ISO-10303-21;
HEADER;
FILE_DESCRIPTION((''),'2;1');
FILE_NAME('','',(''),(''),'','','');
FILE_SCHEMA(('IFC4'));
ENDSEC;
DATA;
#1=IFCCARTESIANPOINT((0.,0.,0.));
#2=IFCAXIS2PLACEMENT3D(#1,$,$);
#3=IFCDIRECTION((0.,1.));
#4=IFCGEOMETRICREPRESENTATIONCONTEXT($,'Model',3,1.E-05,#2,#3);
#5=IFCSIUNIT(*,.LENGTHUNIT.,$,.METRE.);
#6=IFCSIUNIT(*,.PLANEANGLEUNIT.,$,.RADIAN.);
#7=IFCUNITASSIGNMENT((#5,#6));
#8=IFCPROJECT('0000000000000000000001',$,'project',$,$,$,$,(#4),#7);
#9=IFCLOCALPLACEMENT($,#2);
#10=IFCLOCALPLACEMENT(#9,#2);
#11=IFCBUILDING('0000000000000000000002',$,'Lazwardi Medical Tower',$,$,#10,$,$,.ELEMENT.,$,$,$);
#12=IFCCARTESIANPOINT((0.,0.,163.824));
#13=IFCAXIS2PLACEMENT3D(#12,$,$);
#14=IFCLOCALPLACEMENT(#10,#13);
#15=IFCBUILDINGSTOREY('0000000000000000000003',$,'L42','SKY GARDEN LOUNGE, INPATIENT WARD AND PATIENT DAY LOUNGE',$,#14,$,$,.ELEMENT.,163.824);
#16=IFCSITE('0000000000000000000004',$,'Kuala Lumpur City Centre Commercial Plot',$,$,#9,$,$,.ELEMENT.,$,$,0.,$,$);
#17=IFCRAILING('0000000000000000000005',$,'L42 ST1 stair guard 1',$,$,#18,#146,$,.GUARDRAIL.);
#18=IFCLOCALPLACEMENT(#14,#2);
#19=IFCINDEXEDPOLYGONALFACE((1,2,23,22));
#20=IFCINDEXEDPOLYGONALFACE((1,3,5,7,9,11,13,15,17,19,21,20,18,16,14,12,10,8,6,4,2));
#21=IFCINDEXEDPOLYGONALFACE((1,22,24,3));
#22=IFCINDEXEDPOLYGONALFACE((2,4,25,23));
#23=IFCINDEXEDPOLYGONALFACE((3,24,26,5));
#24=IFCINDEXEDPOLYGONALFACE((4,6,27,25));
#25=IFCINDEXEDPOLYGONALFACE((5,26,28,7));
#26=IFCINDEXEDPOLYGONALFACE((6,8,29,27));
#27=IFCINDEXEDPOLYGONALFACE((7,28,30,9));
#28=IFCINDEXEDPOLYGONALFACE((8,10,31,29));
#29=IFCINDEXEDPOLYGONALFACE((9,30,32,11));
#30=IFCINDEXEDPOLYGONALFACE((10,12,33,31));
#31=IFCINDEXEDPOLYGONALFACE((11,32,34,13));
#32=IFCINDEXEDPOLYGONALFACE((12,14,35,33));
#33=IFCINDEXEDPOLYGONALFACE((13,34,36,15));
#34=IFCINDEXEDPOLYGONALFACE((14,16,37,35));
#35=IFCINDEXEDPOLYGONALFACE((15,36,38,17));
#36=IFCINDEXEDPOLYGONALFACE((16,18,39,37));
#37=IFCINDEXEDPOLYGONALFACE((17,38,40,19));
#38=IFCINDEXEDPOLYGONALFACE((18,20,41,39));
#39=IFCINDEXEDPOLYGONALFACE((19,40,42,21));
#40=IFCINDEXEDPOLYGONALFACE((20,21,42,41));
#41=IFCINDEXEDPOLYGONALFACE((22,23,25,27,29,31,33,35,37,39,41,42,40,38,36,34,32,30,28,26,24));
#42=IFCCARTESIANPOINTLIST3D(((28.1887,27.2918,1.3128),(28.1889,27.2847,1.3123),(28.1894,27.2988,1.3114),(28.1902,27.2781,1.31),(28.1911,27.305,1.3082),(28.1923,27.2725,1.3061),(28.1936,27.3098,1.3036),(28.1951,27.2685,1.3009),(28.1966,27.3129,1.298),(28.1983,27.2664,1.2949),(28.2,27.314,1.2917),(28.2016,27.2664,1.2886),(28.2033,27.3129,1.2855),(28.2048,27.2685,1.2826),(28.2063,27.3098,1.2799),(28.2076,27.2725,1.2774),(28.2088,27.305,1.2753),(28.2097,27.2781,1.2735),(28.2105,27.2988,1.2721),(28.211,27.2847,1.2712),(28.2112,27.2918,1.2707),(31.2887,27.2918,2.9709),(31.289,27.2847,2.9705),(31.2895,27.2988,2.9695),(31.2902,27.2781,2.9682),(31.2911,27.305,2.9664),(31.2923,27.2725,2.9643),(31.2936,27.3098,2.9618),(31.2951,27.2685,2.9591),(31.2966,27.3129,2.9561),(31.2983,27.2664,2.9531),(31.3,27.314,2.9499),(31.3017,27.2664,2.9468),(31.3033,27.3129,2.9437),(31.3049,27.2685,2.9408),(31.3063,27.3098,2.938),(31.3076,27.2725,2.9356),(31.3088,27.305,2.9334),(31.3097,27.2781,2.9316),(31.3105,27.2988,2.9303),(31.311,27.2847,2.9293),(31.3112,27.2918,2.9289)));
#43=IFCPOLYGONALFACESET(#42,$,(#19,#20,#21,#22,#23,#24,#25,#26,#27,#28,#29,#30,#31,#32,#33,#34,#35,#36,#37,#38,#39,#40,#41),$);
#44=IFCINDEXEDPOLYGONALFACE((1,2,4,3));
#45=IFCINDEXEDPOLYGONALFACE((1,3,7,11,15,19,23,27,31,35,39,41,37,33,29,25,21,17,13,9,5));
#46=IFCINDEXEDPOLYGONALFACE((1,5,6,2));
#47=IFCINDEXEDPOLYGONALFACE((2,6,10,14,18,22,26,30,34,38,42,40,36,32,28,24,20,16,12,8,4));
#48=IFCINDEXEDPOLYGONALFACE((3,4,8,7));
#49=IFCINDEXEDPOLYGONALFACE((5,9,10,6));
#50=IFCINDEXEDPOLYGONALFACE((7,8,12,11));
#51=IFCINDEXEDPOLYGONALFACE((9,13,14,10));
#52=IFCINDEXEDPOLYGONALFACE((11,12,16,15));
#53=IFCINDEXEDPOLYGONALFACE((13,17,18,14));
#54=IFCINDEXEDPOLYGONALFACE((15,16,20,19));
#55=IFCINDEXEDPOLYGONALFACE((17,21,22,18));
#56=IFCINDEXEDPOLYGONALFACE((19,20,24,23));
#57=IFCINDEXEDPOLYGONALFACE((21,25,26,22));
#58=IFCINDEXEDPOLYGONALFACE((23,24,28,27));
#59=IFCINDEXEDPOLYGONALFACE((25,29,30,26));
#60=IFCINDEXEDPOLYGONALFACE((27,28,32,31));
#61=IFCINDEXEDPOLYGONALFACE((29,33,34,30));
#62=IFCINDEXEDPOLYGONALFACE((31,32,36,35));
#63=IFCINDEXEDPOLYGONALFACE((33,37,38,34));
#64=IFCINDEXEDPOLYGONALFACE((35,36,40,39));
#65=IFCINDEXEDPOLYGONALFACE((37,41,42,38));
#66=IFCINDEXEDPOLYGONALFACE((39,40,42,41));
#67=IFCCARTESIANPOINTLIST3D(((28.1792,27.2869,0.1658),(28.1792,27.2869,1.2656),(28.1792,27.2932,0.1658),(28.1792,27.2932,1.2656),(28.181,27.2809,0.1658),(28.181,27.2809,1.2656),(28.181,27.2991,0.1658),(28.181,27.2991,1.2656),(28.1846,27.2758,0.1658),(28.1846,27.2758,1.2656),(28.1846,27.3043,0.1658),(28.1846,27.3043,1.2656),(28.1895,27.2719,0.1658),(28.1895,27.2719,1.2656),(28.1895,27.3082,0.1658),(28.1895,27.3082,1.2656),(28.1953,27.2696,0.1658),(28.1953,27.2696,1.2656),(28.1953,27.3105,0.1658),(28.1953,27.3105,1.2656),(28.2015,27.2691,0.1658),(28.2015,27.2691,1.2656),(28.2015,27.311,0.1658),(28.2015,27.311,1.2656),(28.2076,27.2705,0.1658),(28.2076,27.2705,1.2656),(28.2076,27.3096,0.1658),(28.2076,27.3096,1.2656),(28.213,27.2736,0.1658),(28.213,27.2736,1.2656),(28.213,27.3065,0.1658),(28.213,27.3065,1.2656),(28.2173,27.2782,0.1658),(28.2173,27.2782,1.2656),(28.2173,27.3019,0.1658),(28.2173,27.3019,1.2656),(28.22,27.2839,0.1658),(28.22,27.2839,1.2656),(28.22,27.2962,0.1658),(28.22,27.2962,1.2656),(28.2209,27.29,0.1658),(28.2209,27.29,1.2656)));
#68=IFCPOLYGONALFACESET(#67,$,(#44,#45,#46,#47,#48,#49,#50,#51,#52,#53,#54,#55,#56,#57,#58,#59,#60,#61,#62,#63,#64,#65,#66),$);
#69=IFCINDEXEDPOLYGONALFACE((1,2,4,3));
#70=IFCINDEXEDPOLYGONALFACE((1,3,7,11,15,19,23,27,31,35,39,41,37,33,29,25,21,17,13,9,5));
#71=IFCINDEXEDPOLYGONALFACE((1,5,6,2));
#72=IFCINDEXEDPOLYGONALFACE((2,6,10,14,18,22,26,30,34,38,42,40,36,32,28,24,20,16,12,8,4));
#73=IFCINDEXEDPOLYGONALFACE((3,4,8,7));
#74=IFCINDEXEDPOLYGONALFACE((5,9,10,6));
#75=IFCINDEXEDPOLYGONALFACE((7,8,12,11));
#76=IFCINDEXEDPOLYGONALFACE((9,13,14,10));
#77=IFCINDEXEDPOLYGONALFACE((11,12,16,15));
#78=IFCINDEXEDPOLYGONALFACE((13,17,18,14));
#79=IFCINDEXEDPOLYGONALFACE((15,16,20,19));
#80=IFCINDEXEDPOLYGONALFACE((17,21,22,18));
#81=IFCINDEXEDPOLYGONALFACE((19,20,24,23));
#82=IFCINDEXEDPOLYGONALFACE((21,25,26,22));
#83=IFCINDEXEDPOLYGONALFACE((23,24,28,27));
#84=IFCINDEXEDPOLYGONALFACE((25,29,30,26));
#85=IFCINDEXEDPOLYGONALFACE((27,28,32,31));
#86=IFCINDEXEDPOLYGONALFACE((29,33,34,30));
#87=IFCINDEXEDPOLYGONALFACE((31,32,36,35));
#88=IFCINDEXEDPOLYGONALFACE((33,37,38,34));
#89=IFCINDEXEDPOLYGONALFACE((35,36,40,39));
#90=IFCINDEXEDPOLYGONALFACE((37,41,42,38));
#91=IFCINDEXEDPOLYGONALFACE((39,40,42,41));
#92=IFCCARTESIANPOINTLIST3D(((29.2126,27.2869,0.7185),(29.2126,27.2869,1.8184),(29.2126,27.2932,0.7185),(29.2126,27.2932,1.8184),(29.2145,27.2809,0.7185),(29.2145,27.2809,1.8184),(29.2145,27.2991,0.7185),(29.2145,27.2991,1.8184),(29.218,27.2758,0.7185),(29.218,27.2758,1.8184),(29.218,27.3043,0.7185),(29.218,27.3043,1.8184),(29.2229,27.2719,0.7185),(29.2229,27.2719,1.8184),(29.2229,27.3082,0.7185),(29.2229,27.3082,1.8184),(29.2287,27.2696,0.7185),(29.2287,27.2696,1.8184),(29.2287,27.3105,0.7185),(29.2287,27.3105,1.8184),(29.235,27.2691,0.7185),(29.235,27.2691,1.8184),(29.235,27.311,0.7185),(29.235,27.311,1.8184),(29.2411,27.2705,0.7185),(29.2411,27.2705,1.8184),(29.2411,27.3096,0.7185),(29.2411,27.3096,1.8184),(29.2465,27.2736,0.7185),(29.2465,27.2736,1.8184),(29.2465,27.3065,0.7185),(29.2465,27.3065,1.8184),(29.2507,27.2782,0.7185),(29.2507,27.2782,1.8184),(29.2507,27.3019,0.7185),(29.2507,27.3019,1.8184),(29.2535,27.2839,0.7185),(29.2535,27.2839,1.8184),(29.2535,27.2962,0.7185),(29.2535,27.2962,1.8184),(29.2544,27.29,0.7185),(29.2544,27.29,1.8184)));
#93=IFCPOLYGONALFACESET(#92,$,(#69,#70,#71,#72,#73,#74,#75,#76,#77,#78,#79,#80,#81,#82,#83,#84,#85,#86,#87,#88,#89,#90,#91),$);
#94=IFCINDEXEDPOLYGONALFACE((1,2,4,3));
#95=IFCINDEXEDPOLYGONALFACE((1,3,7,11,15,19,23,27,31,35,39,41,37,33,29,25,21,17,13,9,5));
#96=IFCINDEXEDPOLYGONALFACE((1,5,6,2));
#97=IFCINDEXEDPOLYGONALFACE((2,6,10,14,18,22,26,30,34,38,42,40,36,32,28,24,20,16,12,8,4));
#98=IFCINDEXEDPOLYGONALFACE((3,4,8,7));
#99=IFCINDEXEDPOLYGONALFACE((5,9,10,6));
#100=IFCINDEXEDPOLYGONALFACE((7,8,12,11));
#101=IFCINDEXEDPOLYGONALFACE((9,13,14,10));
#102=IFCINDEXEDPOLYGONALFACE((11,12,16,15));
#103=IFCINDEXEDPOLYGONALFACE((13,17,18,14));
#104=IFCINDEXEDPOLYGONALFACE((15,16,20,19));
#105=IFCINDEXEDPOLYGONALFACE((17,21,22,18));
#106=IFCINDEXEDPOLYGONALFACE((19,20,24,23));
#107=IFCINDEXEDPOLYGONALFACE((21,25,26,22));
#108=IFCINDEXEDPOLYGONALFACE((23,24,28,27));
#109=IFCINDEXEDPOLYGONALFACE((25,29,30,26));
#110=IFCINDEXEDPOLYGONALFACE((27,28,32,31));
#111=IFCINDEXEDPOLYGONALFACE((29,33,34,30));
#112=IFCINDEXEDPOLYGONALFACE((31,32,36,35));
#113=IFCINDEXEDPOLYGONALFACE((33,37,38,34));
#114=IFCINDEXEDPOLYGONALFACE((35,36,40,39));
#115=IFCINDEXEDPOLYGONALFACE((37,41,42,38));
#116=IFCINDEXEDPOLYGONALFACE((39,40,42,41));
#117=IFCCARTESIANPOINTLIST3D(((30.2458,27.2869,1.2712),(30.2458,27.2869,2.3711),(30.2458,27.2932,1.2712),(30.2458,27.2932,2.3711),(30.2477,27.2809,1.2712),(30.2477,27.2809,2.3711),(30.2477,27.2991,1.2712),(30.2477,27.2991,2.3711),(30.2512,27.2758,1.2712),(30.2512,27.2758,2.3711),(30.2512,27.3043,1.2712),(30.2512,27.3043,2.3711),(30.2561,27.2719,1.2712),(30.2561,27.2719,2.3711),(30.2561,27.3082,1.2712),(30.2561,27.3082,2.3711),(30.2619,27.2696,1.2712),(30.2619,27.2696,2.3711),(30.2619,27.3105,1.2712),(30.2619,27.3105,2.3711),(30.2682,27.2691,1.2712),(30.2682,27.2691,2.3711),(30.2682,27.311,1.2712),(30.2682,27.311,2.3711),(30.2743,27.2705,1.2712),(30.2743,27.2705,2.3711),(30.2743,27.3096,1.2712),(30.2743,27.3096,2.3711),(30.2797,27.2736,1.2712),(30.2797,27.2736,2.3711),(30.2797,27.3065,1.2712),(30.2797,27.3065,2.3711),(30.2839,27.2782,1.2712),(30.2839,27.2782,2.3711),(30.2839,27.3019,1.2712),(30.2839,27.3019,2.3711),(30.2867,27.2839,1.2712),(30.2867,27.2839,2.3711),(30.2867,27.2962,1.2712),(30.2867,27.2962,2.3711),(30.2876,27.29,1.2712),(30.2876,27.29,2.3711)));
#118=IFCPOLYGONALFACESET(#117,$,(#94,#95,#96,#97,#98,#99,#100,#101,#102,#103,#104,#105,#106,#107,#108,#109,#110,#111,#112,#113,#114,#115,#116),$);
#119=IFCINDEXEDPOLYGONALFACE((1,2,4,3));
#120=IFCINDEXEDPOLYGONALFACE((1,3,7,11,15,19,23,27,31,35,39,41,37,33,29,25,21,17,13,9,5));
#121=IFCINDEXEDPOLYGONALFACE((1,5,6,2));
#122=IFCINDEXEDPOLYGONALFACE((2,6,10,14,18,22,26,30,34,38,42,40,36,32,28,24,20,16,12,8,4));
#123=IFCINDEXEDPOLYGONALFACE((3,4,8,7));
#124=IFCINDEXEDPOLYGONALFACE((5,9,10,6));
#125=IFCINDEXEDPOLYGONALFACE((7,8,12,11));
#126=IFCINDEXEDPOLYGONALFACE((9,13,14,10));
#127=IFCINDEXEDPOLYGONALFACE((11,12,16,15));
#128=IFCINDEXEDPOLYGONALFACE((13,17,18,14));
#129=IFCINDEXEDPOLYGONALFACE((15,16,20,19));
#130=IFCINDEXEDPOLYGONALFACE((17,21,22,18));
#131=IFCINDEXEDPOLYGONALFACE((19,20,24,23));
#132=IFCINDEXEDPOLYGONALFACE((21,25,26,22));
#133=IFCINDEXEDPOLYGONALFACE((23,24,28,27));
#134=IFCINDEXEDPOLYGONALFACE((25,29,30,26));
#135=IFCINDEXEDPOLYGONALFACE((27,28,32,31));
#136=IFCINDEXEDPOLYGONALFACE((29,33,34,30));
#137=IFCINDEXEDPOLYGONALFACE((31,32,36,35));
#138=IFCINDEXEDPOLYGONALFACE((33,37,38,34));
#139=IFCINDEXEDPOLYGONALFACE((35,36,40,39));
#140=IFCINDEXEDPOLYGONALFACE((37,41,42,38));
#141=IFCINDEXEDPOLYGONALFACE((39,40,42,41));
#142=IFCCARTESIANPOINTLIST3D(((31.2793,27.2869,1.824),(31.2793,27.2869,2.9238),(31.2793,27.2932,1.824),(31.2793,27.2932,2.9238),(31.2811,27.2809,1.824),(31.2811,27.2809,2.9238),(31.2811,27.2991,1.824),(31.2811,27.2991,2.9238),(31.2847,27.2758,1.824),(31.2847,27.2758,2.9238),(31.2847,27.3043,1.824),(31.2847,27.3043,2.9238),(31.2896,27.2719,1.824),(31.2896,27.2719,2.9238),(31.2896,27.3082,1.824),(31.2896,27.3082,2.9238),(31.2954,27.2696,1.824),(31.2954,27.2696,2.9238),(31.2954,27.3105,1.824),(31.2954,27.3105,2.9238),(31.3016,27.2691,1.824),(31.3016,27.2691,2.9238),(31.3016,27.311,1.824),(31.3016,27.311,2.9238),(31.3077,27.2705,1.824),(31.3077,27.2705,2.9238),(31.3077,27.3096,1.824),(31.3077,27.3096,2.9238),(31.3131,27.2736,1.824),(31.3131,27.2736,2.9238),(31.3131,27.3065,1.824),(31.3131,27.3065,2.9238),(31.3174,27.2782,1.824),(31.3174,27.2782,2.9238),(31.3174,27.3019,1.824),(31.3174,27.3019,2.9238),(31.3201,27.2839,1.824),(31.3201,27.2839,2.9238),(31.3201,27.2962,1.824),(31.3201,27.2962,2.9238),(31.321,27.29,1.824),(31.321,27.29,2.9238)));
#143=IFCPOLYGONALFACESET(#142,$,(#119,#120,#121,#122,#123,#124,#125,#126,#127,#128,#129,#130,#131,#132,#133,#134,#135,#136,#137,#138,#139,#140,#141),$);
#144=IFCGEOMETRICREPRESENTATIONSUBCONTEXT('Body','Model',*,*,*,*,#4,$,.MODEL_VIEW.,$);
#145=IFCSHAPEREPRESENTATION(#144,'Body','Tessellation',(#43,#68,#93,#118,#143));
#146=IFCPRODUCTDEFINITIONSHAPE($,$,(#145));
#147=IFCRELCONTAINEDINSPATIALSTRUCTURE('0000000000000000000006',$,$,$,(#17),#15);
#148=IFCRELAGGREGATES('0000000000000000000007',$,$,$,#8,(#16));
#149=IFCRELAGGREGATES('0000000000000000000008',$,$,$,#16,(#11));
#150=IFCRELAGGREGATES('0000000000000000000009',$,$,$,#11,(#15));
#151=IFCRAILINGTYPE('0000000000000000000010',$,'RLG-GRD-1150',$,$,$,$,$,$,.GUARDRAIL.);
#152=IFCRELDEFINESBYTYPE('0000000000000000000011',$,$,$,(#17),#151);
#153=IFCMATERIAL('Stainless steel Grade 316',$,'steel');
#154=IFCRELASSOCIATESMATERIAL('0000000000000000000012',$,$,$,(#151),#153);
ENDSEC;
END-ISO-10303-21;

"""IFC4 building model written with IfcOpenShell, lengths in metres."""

from ifc_helpers import new_model, si_unit, direction, frame, origin, origin_2d, place, context, subcontext, project, spatial, circle, extrude, material, type_object, element, save


model = new_model("IFC4")

# Units and contexts
model_context = context("Model", 3, precision=1e-05, world=origin(), true_north=direction((0.0, 1.0)))
body_context = subcontext(model_context, "Body", "Model", "MODEL_VIEW")
ifc_project = project(units=[si_unit("LENGTHUNIT", "METRE"), si_unit("PLANEANGLEUNIT", "RADIAN")], contexts=[model_context])

# Site, building, storey
site_placement = place(None, origin())
site = spatial("IfcSite", under=ifc_project, at=site_placement, Name="Kuala Lumpur City Centre Commercial Plot", CompositionType="ELEMENT", RefElevation=0.0)
building_placement = place(site_placement, origin())
building = spatial("IfcBuilding", under=site, at=building_placement, Name="Lazwardi Medical Tower", CompositionType="ELEMENT")
storey_placement = place(building_placement, frame((0.0, 0.0, 163.824)))
storey = spatial("IfcBuildingStorey", under=building, at=storey_placement, Name="L42", Description="SKY GARDEN LOUNGE, INPATIENT WARD AND PATIENT DAY LOUNGE", CompositionType="ELEMENT", Elevation=163.824)

# Railing
ifc_material_1 = material(Name="Stainless steel Grade 316", Category="steel")
railing_type_1 = type_object("IfcRailingType", Name="RLG-GRD-1150", PredefinedType="GUARDRAIL", material=ifc_material_1)
railing_1_placement = place(storey_placement, frame((28.2, 27.29, 0.1658)))
element("IfcRailing", 1, at=railing_1_placement, inside=storey, type_object=railing_type_1, Name="L42 ST1 stair guard 1", PredefinedType="GUARDRAIL", context=body_context, shape_type="SweptSolid", body=[
    extrude(circle(Radius=0.0239, at=origin_2d()), frame((0.0, 0.0, 1.126), z_axis=(0.881783, 0.0, 0.471655), x_axis=(0.0, 1.0, 0.0)), (0.0, 0.0, 1.0), 3.5156),
    extrude(circle(Radius=0.021, at=origin_2d()), origin(), (0.0, 0.0, 1.0), 1.0999),
    extrude(circle(Radius=0.021, at=origin_2d()), frame((1.0334, 0.0, 0.5527)), (0.0, 0.0, 1.0), 1.0999),
    extrude(circle(Radius=0.021, at=origin_2d()), frame((2.0667, 0.0, 1.1055)), (0.0, 0.0, 1.0), 1.0999),
    extrude(circle(Radius=0.021, at=origin_2d()), frame((3.1001, 0.0, 1.6582)), (0.0, 0.0, 1.0), 1.0999),
])

save(model, "model.ifc")
